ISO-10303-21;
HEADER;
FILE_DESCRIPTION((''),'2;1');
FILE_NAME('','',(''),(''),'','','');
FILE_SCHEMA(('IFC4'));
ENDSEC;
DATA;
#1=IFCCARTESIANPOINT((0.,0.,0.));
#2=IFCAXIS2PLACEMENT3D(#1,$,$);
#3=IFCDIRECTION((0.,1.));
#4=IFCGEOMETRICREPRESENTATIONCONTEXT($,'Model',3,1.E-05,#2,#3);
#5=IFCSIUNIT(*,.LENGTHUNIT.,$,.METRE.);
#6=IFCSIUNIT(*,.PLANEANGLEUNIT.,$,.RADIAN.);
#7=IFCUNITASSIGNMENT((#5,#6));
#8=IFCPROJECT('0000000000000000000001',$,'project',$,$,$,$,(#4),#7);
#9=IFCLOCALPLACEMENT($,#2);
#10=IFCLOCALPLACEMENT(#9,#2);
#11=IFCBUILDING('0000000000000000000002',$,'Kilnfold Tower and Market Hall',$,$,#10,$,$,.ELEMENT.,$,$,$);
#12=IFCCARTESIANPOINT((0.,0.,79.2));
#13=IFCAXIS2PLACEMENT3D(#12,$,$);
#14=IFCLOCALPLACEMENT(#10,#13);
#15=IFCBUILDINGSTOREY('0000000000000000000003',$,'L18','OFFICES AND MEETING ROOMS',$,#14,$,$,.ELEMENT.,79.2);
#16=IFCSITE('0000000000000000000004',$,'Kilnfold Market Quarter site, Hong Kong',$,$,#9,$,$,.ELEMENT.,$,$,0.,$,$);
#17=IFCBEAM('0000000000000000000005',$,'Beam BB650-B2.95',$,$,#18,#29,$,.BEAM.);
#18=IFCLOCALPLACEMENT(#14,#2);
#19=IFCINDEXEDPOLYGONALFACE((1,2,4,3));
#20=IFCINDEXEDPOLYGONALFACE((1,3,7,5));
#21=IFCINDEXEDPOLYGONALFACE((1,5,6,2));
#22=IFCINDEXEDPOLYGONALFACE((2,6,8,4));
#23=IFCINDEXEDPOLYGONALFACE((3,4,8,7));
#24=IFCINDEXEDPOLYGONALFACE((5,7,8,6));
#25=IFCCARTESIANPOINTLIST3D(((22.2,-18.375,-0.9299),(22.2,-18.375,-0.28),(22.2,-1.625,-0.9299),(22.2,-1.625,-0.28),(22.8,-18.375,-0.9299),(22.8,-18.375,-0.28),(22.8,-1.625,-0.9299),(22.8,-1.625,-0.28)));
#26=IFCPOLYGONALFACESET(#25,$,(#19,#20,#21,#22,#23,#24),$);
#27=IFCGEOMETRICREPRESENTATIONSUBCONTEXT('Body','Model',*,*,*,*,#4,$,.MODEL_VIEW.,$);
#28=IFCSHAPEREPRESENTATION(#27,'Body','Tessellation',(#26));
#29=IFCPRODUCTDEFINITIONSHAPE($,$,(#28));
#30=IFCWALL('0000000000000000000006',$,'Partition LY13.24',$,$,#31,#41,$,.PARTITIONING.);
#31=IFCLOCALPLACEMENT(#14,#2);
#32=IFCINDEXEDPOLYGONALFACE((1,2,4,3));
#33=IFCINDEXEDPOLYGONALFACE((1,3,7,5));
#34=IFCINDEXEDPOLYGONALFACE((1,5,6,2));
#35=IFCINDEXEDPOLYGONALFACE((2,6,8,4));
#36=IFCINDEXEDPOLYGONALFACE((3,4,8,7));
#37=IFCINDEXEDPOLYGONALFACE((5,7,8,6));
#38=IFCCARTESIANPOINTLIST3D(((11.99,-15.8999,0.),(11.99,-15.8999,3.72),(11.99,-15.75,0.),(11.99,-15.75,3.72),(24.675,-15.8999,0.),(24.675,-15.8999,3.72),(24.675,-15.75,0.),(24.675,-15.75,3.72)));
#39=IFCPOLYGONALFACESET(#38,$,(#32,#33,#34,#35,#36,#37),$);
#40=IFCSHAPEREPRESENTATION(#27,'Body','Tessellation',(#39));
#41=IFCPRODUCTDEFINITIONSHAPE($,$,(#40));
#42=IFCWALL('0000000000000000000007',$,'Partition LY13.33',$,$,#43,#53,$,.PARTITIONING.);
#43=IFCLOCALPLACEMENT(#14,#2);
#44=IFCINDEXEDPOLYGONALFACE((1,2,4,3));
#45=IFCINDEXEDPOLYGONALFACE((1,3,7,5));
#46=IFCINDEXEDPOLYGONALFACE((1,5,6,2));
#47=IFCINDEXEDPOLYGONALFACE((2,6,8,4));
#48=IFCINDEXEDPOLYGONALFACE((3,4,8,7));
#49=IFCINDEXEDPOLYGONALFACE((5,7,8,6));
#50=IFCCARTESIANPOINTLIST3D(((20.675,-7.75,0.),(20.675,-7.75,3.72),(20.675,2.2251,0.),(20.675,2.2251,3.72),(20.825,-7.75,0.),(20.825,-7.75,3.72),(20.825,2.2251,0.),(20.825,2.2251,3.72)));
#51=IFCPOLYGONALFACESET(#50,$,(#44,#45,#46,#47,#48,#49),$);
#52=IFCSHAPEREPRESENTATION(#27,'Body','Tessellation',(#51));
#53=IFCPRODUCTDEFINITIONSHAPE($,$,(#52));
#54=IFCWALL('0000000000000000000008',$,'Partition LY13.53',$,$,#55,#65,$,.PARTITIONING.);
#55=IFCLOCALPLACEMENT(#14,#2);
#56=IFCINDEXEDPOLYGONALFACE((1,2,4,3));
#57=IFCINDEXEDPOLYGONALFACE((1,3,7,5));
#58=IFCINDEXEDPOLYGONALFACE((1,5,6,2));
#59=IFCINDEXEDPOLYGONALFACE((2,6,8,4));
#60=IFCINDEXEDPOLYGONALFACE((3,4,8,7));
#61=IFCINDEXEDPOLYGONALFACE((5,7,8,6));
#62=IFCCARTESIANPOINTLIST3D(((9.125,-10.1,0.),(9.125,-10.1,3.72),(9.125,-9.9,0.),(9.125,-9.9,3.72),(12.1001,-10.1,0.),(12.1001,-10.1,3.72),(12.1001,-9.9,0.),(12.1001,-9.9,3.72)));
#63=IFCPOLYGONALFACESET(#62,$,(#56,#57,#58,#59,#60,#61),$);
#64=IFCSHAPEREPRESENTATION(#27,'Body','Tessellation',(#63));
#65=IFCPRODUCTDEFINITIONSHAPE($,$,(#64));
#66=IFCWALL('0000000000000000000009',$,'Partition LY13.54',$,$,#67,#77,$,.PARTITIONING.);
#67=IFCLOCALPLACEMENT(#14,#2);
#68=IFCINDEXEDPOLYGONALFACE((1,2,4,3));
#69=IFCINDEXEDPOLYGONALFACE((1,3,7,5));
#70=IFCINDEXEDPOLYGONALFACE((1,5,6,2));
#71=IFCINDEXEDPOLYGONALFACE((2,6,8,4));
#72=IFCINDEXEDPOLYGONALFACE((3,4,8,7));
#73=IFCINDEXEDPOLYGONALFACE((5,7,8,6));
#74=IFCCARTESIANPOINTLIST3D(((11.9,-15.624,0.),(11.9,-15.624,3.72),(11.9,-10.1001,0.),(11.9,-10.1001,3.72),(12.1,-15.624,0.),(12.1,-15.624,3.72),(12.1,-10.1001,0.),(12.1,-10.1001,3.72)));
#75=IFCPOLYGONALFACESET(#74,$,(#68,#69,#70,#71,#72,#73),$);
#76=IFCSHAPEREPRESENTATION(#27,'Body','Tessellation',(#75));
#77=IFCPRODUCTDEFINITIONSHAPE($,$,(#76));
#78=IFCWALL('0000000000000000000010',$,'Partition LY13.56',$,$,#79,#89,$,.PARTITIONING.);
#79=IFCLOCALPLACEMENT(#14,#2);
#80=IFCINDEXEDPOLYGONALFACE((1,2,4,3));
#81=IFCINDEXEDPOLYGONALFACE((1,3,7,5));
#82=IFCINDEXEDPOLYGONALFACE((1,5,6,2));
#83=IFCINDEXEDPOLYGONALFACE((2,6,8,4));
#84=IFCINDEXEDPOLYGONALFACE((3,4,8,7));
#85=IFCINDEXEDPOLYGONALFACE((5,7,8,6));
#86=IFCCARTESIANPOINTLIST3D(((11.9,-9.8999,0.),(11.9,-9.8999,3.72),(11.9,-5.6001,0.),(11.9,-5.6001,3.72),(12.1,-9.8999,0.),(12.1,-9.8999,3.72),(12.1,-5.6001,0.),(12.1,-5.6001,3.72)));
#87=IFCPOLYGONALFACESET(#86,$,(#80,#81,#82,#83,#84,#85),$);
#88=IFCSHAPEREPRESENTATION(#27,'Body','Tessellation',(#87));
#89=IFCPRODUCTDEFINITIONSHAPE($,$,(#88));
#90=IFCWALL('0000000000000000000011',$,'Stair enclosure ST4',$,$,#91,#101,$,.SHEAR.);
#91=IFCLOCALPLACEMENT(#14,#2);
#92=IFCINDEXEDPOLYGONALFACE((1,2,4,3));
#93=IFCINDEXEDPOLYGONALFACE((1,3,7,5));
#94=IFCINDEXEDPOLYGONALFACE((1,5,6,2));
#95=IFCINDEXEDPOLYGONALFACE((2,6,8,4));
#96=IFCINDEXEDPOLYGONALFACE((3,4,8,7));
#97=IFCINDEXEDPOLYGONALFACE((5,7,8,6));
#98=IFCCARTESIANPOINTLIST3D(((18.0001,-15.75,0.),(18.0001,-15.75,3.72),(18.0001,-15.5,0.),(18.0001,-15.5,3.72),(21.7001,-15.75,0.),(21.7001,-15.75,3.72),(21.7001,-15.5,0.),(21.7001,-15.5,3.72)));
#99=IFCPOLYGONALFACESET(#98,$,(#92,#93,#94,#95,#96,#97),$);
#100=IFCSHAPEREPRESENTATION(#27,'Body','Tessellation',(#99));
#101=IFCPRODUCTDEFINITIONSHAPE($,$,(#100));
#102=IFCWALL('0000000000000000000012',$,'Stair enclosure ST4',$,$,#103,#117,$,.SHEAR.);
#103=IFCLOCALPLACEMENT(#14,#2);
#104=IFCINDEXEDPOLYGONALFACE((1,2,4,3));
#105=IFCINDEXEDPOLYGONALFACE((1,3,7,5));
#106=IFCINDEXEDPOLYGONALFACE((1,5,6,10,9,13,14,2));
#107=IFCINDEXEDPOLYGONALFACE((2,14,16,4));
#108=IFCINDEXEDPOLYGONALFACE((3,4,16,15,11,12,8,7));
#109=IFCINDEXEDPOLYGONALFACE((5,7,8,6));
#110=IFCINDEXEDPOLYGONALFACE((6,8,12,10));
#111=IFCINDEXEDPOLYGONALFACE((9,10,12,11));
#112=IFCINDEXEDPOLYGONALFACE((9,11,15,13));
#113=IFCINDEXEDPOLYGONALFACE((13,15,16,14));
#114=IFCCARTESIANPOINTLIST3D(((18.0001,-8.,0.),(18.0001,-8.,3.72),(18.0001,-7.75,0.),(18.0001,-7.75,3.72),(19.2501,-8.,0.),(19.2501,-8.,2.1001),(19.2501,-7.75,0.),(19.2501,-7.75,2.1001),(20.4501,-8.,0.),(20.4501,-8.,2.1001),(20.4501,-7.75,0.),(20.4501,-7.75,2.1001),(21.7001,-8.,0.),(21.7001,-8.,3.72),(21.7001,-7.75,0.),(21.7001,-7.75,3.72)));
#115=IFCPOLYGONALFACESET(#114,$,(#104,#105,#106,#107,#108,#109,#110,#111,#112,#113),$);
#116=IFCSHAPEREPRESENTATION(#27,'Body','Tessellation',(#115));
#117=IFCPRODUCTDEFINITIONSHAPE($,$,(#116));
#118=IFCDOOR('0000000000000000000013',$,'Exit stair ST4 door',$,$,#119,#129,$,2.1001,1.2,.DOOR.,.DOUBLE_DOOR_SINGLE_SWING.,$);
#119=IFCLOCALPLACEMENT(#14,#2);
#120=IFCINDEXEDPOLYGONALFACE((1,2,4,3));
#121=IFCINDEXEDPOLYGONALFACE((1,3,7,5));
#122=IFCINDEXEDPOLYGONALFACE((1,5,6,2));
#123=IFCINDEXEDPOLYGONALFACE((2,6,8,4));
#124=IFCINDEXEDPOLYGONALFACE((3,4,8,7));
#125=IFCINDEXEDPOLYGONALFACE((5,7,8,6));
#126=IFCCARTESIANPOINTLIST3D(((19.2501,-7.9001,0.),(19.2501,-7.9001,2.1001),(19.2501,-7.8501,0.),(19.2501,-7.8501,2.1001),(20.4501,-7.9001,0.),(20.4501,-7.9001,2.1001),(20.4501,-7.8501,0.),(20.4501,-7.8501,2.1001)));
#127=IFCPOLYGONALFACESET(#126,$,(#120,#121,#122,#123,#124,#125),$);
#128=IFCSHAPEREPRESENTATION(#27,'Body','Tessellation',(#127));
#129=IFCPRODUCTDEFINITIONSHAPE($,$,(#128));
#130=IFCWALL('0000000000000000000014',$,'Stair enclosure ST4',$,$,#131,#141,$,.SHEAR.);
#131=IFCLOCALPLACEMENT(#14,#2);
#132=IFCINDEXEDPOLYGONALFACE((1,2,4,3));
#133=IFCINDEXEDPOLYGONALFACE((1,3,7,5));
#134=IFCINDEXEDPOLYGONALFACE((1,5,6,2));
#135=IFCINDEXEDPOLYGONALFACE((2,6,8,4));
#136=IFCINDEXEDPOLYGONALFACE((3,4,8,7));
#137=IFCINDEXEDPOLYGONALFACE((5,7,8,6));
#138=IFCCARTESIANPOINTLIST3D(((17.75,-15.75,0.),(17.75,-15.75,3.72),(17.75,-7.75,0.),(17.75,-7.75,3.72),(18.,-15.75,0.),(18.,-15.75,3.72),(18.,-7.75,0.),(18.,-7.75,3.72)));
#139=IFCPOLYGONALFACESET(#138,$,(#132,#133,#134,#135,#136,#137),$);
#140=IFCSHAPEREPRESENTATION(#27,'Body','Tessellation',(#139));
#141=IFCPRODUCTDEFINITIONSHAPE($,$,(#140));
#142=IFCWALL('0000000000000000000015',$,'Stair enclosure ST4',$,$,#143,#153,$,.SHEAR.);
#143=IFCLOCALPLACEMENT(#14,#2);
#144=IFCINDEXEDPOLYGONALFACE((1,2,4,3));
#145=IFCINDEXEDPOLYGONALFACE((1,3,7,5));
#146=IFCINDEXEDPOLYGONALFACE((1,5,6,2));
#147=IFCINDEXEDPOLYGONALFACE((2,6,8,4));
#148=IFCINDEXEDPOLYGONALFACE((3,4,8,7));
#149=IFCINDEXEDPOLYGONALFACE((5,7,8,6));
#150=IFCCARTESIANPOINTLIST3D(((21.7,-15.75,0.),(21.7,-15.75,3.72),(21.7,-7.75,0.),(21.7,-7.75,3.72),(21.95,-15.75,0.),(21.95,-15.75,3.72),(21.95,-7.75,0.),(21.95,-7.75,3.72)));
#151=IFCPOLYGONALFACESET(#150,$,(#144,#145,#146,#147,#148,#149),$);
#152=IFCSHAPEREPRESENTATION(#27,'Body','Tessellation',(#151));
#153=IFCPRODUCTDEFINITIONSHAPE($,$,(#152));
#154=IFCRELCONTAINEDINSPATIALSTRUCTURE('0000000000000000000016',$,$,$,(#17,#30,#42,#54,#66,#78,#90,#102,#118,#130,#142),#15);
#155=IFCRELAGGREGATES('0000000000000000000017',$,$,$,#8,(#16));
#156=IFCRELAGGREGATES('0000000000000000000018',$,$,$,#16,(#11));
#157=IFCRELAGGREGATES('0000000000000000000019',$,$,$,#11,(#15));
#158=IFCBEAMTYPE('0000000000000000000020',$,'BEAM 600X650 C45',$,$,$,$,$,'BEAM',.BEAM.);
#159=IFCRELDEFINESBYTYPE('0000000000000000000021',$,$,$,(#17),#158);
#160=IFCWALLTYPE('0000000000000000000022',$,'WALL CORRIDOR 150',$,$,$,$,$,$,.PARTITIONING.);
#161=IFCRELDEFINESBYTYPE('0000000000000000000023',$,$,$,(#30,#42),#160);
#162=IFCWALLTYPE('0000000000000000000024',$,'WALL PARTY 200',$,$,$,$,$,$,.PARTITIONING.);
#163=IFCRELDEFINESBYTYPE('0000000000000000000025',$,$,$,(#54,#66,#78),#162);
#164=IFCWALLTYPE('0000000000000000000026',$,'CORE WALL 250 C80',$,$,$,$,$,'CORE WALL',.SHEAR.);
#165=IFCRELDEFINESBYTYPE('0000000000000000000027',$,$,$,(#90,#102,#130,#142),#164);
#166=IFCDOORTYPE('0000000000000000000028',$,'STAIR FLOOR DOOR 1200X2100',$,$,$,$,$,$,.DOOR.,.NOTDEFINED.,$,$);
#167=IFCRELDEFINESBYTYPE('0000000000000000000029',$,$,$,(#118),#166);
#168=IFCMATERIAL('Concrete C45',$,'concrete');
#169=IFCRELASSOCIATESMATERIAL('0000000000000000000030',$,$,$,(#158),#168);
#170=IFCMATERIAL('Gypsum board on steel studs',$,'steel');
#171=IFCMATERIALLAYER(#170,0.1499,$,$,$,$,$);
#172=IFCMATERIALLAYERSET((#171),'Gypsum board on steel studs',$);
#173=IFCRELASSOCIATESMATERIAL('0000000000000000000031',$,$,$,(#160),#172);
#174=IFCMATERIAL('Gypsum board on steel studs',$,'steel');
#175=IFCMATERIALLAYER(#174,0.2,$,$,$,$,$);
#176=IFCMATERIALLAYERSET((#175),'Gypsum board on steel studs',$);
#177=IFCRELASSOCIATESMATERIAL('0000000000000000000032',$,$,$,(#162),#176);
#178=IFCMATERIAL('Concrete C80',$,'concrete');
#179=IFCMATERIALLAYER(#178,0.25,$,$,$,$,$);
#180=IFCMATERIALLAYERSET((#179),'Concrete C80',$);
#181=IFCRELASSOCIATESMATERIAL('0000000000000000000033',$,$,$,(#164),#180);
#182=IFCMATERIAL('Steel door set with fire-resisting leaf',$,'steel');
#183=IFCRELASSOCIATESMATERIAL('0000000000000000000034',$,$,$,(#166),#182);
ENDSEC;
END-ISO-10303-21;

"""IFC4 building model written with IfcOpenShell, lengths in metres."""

from ifc_helpers import new_model, si_unit, direction, frame, frame_2d, origin, origin_2d, place, context, subcontext, project, spatial, rectangle, extrude, source, transform, mapped, material, layer, layer_set, material_profile, profile_set, type_object, element, fill, save


model = new_model("IFC4")

# Units and contexts
model_context = context("Model", 3, precision=1e-05, world=origin(), true_north=direction((0.0, 1.0)))
body_context = subcontext(model_context, "Body", "Model", "MODEL_VIEW")
ifc_project = project(units=[si_unit("LENGTHUNIT", "METRE"), si_unit("PLANEANGLEUNIT", "RADIAN")], contexts=[model_context])

# Site, building, storey
site_placement = place(None, origin())
site = spatial("IfcSite", under=ifc_project, at=site_placement, Name="Kilnfold Market Quarter site, Hong Kong", CompositionType="ELEMENT", RefElevation=0.0)
building_placement = place(site_placement, origin())
building = spatial("IfcBuilding", under=site, at=building_placement, Name="Kilnfold Tower and Market Hall", CompositionType="ELEMENT")
storey_placement = place(building_placement, frame((0.0, 0.0, 79.2)))
storey = spatial("IfcBuildingStorey", under=building, at=storey_placement, Name="L18", Description="OFFICES AND MEETING ROOMS", CompositionType="ELEMENT", Elevation=79.2)

# Beam
ifc_material_1 = material(Name="Concrete C45", Category="concrete")
ifc_material_profile_1 = material_profile(ifc_material_1, rectangle(XDim=0.6001, YDim=0.6499, at=origin_2d()), Name="RC 600x650")
ifc_profile_set_1 = profile_set([ifc_material_profile_1], Name="Concrete C45")
beam_type_1 = type_object("IfcBeamType", Name="BEAM 600X650 C45", ElementType="BEAM", PredefinedType="BEAM", material=ifc_profile_set_1)
shared_shape_1 = source(origin(), body_context, "Body", "SweptSolid", [
    extrude(rectangle(XDim=0.6001, YDim=0.6499, at=origin_2d()), origin(), (0.0, 0.0, 1.0), 16.75),
])
beam_1_placement = place(storey_placement, frame((22.5, -18.375, -0.605), z_axis=(0.0, 1.0, 0.0), x_axis=(-1.0, 0.0, 0.0)))
element("IfcBeam", 1, at=beam_1_placement, inside=storey, type_object=beam_type_1, Name="Beam BB650-B2.95", PredefinedType="BEAM", context=body_context, shape_type="MappedRepresentation", body=[
    mapped(shared_shape_1, transform((0.0, 0.0, 0.0))),
])

# Walls
ifc_material_2 = material(Name="Gypsum board on steel studs", Category="steel")
ifc_layer_1 = layer(ifc_material_2, 0.1499)
ifc_layer_set_1 = layer_set([ifc_layer_1], Name="Gypsum board on steel studs")
wall_type_1 = type_object("IfcWallType", Name="WALL CORRIDOR 150", PredefinedType="PARTITIONING", material=ifc_layer_set_1)
wall_1_placement = place(storey_placement, frame((11.99, -15.825, 0.0), z_axis=(0.0, 0.0, 1.0), x_axis=(1.0, 0.0, 0.0)))
element("IfcWall", 2, at=wall_1_placement, inside=storey, type_object=wall_type_1, Name="Partition LY13.24", PredefinedType="PARTITIONING", context=body_context, shape_type="SweptSolid", body=[
    extrude(rectangle(XDim=12.6851, YDim=0.1499, at=frame_2d((6.3425, 0.0))), origin(), (0.0, 0.0, 1.0), 3.72),
])
wall_2_placement = place(storey_placement, frame((20.75, -7.75, 0.0), z_axis=(0.0, 0.0, 1.0), x_axis=(0.0, 1.0, 0.0)))
element("IfcWall", 3, at=wall_2_placement, inside=storey, type_object=wall_type_1, Name="Partition LY13.33", PredefinedType="PARTITIONING", context=body_context, shape_type="SweptSolid", body=[
    extrude(rectangle(XDim=9.9751, YDim=0.1499, at=frame_2d((4.9875, 0.0))), origin(), (0.0, 0.0, 1.0), 3.72),
])
ifc_material_3 = material(Name="Gypsum board on steel studs", Category="steel")
ifc_layer_2 = layer(ifc_material_3, 0.2)
ifc_layer_set_2 = layer_set([ifc_layer_2], Name="Gypsum board on steel studs")
wall_type_2 = type_object("IfcWallType", Name="WALL PARTY 200", PredefinedType="PARTITIONING", material=ifc_layer_set_2)
wall_3_placement = place(storey_placement, frame((9.125, -10.0, 0.0), z_axis=(0.0, 0.0, 1.0), x_axis=(1.0, 0.0, 0.0)))
element("IfcWall", 4, at=wall_3_placement, inside=storey, type_object=wall_type_2, Name="Partition LY13.53", PredefinedType="PARTITIONING", context=body_context, shape_type="SweptSolid", body=[
    extrude(rectangle(XDim=2.9751, YDim=0.2, at=frame_2d((1.4875, 0.0))), origin(), (0.0, 0.0, 1.0), 3.72),
])
wall_4_placement = place(storey_placement, frame((12.0, -15.624, 0.0), z_axis=(0.0, 0.0, 1.0), x_axis=(0.0, 1.0, 0.0)))
element("IfcWall", 5, at=wall_4_placement, inside=storey, type_object=wall_type_2, Name="Partition LY13.54", PredefinedType="PARTITIONING", context=body_context, shape_type="SweptSolid", body=[
    extrude(rectangle(XDim=5.5239, YDim=0.2, at=frame_2d((2.762, 0.0))), origin(), (0.0, 0.0, 1.0), 3.72),
])
wall_5_placement = place(storey_placement, frame((12.0, -9.8999, 0.0), z_axis=(0.0, 0.0, 1.0), x_axis=(0.0, 1.0, 0.0)))
element("IfcWall", 6, at=wall_5_placement, inside=storey, type_object=wall_type_2, Name="Partition LY13.56", PredefinedType="PARTITIONING", context=body_context, shape_type="SweptSolid", body=[
    extrude(rectangle(XDim=4.2998, YDim=0.2, at=frame_2d((2.1499, 0.0))), origin(), (0.0, 0.0, 1.0), 3.72),
])
ifc_material_4 = material(Name="Concrete C80", Category="concrete")
ifc_layer_3 = layer(ifc_material_4, 0.25)
ifc_layer_set_3 = layer_set([ifc_layer_3], Name="Concrete C80")
wall_type_3 = type_object("IfcWallType", Name="CORE WALL 250 C80", ElementType="CORE WALL", PredefinedType="SHEAR", material=ifc_layer_set_3)
shared_shape_2 = source(origin(), body_context, "Body", "SweptSolid", [
    extrude(rectangle(XDim=3.7, YDim=0.25, at=frame_2d((1.8501, 0.0))), origin(), (0.0, 0.0, 1.0), 3.72),
])
wall_6_placement = place(storey_placement, frame((18.0, -15.625, 0.0), z_axis=(0.0, 0.0, 1.0), x_axis=(1.0, 0.0, 0.0)))
element("IfcWall", 7, at=wall_6_placement, inside=storey, type_object=wall_type_3, Name="Stair enclosure ST4", PredefinedType="SHEAR", context=body_context, shape_type="MappedRepresentation", body=[
    mapped(shared_shape_2, transform((0.0, 0.0, 0.0))),
])

# Wall, opening, door
wall_7_placement = place(storey_placement, frame((18.0, -7.875, 0.0), z_axis=(0.0, 0.0, 1.0), x_axis=(1.0, 0.0, 0.0)))
wall_7 = element("IfcWall", 8, at=wall_7_placement, inside=storey, type_object=wall_type_3, Name="Stair enclosure ST4", PredefinedType="SHEAR", context=body_context, shape_type="MappedRepresentation", body=[
    mapped(shared_shape_2, transform((0.0, 0.0, 0.0))),
])
opening_placement = place(wall_7_placement, frame((1.25, 0.0, 0.0)))
opening = element("IfcOpeningElement", 9, at=opening_placement, cuts=wall_7, PredefinedType="OPENING", context=body_context, shape_type="SweptSolid", body=[
    extrude(rectangle(XDim=1.2, YDim=2.1001, at=frame_2d((0.6001, 1.05))), frame((0.0, 0.135, 0.0), z_axis=(0.0, -1.0, 0.0), x_axis=(1.0, 0.0, 0.0)), (0.0, 0.0, 1.0), 0.27),
])
ifc_material_5 = material(Name="Steel door set with fire-resisting leaf", Category="steel")
door_type = type_object("IfcDoorType", Name="STAIR FLOOR DOOR 1200X2100", OperationType="NOTDEFINED", PredefinedType="DOOR", material=ifc_material_5)
door_placement = place(opening_placement, origin())
door = element("IfcDoor", 10, at=door_placement, inside=storey, type_object=door_type, Name="Exit stair ST4 door", OperationType="DOUBLE_DOOR_SINGLE_SWING", OverallHeight=2.1001, OverallWidth=1.2, PredefinedType="DOOR", context=body_context, shape_type="SweptSolid", body=[
    extrude(rectangle(XDim=1.2, YDim=2.1001, at=frame_2d((0.6001, 1.05))), frame((0.0, 0.0249, 0.0), z_axis=(0.0, -1.0, 0.0), x_axis=(1.0, 0.0, 0.0)), (0.0, 0.0, 1.0), 0.05),
])
fill(opening, door)

# Walls
shared_shape_3 = source(origin(), body_context, "Body", "SweptSolid", [
    extrude(rectangle(XDim=8.0, YDim=0.25, at=frame_2d((4.0, 0.0))), origin(), (0.0, 0.0, 1.0), 3.72),
])
for number, where, z_axis, x_axis, name in (
    (11, (17.875, -15.75, 0.0), (0.0, 0.0, 1.0), (0.0, 1.0, 0.0), "Stair enclosure ST4"),
    (12, (21.825, -15.75, 0.0), (0.0, 0.0, 1.0), (0.0, 1.0, 0.0), "Stair enclosure ST4"),
):
    element("IfcWall", number, at=place(storey_placement, frame(where, z_axis=z_axis, x_axis=x_axis)), inside=storey, type_object=wall_type_3, Name=name, PredefinedType="SHEAR", context=body_context, shape_type="MappedRepresentation", body=[
        mapped(shared_shape_3, transform((0.0, 0.0, 0.0))),
    ])

save(model, "model.ifc")
